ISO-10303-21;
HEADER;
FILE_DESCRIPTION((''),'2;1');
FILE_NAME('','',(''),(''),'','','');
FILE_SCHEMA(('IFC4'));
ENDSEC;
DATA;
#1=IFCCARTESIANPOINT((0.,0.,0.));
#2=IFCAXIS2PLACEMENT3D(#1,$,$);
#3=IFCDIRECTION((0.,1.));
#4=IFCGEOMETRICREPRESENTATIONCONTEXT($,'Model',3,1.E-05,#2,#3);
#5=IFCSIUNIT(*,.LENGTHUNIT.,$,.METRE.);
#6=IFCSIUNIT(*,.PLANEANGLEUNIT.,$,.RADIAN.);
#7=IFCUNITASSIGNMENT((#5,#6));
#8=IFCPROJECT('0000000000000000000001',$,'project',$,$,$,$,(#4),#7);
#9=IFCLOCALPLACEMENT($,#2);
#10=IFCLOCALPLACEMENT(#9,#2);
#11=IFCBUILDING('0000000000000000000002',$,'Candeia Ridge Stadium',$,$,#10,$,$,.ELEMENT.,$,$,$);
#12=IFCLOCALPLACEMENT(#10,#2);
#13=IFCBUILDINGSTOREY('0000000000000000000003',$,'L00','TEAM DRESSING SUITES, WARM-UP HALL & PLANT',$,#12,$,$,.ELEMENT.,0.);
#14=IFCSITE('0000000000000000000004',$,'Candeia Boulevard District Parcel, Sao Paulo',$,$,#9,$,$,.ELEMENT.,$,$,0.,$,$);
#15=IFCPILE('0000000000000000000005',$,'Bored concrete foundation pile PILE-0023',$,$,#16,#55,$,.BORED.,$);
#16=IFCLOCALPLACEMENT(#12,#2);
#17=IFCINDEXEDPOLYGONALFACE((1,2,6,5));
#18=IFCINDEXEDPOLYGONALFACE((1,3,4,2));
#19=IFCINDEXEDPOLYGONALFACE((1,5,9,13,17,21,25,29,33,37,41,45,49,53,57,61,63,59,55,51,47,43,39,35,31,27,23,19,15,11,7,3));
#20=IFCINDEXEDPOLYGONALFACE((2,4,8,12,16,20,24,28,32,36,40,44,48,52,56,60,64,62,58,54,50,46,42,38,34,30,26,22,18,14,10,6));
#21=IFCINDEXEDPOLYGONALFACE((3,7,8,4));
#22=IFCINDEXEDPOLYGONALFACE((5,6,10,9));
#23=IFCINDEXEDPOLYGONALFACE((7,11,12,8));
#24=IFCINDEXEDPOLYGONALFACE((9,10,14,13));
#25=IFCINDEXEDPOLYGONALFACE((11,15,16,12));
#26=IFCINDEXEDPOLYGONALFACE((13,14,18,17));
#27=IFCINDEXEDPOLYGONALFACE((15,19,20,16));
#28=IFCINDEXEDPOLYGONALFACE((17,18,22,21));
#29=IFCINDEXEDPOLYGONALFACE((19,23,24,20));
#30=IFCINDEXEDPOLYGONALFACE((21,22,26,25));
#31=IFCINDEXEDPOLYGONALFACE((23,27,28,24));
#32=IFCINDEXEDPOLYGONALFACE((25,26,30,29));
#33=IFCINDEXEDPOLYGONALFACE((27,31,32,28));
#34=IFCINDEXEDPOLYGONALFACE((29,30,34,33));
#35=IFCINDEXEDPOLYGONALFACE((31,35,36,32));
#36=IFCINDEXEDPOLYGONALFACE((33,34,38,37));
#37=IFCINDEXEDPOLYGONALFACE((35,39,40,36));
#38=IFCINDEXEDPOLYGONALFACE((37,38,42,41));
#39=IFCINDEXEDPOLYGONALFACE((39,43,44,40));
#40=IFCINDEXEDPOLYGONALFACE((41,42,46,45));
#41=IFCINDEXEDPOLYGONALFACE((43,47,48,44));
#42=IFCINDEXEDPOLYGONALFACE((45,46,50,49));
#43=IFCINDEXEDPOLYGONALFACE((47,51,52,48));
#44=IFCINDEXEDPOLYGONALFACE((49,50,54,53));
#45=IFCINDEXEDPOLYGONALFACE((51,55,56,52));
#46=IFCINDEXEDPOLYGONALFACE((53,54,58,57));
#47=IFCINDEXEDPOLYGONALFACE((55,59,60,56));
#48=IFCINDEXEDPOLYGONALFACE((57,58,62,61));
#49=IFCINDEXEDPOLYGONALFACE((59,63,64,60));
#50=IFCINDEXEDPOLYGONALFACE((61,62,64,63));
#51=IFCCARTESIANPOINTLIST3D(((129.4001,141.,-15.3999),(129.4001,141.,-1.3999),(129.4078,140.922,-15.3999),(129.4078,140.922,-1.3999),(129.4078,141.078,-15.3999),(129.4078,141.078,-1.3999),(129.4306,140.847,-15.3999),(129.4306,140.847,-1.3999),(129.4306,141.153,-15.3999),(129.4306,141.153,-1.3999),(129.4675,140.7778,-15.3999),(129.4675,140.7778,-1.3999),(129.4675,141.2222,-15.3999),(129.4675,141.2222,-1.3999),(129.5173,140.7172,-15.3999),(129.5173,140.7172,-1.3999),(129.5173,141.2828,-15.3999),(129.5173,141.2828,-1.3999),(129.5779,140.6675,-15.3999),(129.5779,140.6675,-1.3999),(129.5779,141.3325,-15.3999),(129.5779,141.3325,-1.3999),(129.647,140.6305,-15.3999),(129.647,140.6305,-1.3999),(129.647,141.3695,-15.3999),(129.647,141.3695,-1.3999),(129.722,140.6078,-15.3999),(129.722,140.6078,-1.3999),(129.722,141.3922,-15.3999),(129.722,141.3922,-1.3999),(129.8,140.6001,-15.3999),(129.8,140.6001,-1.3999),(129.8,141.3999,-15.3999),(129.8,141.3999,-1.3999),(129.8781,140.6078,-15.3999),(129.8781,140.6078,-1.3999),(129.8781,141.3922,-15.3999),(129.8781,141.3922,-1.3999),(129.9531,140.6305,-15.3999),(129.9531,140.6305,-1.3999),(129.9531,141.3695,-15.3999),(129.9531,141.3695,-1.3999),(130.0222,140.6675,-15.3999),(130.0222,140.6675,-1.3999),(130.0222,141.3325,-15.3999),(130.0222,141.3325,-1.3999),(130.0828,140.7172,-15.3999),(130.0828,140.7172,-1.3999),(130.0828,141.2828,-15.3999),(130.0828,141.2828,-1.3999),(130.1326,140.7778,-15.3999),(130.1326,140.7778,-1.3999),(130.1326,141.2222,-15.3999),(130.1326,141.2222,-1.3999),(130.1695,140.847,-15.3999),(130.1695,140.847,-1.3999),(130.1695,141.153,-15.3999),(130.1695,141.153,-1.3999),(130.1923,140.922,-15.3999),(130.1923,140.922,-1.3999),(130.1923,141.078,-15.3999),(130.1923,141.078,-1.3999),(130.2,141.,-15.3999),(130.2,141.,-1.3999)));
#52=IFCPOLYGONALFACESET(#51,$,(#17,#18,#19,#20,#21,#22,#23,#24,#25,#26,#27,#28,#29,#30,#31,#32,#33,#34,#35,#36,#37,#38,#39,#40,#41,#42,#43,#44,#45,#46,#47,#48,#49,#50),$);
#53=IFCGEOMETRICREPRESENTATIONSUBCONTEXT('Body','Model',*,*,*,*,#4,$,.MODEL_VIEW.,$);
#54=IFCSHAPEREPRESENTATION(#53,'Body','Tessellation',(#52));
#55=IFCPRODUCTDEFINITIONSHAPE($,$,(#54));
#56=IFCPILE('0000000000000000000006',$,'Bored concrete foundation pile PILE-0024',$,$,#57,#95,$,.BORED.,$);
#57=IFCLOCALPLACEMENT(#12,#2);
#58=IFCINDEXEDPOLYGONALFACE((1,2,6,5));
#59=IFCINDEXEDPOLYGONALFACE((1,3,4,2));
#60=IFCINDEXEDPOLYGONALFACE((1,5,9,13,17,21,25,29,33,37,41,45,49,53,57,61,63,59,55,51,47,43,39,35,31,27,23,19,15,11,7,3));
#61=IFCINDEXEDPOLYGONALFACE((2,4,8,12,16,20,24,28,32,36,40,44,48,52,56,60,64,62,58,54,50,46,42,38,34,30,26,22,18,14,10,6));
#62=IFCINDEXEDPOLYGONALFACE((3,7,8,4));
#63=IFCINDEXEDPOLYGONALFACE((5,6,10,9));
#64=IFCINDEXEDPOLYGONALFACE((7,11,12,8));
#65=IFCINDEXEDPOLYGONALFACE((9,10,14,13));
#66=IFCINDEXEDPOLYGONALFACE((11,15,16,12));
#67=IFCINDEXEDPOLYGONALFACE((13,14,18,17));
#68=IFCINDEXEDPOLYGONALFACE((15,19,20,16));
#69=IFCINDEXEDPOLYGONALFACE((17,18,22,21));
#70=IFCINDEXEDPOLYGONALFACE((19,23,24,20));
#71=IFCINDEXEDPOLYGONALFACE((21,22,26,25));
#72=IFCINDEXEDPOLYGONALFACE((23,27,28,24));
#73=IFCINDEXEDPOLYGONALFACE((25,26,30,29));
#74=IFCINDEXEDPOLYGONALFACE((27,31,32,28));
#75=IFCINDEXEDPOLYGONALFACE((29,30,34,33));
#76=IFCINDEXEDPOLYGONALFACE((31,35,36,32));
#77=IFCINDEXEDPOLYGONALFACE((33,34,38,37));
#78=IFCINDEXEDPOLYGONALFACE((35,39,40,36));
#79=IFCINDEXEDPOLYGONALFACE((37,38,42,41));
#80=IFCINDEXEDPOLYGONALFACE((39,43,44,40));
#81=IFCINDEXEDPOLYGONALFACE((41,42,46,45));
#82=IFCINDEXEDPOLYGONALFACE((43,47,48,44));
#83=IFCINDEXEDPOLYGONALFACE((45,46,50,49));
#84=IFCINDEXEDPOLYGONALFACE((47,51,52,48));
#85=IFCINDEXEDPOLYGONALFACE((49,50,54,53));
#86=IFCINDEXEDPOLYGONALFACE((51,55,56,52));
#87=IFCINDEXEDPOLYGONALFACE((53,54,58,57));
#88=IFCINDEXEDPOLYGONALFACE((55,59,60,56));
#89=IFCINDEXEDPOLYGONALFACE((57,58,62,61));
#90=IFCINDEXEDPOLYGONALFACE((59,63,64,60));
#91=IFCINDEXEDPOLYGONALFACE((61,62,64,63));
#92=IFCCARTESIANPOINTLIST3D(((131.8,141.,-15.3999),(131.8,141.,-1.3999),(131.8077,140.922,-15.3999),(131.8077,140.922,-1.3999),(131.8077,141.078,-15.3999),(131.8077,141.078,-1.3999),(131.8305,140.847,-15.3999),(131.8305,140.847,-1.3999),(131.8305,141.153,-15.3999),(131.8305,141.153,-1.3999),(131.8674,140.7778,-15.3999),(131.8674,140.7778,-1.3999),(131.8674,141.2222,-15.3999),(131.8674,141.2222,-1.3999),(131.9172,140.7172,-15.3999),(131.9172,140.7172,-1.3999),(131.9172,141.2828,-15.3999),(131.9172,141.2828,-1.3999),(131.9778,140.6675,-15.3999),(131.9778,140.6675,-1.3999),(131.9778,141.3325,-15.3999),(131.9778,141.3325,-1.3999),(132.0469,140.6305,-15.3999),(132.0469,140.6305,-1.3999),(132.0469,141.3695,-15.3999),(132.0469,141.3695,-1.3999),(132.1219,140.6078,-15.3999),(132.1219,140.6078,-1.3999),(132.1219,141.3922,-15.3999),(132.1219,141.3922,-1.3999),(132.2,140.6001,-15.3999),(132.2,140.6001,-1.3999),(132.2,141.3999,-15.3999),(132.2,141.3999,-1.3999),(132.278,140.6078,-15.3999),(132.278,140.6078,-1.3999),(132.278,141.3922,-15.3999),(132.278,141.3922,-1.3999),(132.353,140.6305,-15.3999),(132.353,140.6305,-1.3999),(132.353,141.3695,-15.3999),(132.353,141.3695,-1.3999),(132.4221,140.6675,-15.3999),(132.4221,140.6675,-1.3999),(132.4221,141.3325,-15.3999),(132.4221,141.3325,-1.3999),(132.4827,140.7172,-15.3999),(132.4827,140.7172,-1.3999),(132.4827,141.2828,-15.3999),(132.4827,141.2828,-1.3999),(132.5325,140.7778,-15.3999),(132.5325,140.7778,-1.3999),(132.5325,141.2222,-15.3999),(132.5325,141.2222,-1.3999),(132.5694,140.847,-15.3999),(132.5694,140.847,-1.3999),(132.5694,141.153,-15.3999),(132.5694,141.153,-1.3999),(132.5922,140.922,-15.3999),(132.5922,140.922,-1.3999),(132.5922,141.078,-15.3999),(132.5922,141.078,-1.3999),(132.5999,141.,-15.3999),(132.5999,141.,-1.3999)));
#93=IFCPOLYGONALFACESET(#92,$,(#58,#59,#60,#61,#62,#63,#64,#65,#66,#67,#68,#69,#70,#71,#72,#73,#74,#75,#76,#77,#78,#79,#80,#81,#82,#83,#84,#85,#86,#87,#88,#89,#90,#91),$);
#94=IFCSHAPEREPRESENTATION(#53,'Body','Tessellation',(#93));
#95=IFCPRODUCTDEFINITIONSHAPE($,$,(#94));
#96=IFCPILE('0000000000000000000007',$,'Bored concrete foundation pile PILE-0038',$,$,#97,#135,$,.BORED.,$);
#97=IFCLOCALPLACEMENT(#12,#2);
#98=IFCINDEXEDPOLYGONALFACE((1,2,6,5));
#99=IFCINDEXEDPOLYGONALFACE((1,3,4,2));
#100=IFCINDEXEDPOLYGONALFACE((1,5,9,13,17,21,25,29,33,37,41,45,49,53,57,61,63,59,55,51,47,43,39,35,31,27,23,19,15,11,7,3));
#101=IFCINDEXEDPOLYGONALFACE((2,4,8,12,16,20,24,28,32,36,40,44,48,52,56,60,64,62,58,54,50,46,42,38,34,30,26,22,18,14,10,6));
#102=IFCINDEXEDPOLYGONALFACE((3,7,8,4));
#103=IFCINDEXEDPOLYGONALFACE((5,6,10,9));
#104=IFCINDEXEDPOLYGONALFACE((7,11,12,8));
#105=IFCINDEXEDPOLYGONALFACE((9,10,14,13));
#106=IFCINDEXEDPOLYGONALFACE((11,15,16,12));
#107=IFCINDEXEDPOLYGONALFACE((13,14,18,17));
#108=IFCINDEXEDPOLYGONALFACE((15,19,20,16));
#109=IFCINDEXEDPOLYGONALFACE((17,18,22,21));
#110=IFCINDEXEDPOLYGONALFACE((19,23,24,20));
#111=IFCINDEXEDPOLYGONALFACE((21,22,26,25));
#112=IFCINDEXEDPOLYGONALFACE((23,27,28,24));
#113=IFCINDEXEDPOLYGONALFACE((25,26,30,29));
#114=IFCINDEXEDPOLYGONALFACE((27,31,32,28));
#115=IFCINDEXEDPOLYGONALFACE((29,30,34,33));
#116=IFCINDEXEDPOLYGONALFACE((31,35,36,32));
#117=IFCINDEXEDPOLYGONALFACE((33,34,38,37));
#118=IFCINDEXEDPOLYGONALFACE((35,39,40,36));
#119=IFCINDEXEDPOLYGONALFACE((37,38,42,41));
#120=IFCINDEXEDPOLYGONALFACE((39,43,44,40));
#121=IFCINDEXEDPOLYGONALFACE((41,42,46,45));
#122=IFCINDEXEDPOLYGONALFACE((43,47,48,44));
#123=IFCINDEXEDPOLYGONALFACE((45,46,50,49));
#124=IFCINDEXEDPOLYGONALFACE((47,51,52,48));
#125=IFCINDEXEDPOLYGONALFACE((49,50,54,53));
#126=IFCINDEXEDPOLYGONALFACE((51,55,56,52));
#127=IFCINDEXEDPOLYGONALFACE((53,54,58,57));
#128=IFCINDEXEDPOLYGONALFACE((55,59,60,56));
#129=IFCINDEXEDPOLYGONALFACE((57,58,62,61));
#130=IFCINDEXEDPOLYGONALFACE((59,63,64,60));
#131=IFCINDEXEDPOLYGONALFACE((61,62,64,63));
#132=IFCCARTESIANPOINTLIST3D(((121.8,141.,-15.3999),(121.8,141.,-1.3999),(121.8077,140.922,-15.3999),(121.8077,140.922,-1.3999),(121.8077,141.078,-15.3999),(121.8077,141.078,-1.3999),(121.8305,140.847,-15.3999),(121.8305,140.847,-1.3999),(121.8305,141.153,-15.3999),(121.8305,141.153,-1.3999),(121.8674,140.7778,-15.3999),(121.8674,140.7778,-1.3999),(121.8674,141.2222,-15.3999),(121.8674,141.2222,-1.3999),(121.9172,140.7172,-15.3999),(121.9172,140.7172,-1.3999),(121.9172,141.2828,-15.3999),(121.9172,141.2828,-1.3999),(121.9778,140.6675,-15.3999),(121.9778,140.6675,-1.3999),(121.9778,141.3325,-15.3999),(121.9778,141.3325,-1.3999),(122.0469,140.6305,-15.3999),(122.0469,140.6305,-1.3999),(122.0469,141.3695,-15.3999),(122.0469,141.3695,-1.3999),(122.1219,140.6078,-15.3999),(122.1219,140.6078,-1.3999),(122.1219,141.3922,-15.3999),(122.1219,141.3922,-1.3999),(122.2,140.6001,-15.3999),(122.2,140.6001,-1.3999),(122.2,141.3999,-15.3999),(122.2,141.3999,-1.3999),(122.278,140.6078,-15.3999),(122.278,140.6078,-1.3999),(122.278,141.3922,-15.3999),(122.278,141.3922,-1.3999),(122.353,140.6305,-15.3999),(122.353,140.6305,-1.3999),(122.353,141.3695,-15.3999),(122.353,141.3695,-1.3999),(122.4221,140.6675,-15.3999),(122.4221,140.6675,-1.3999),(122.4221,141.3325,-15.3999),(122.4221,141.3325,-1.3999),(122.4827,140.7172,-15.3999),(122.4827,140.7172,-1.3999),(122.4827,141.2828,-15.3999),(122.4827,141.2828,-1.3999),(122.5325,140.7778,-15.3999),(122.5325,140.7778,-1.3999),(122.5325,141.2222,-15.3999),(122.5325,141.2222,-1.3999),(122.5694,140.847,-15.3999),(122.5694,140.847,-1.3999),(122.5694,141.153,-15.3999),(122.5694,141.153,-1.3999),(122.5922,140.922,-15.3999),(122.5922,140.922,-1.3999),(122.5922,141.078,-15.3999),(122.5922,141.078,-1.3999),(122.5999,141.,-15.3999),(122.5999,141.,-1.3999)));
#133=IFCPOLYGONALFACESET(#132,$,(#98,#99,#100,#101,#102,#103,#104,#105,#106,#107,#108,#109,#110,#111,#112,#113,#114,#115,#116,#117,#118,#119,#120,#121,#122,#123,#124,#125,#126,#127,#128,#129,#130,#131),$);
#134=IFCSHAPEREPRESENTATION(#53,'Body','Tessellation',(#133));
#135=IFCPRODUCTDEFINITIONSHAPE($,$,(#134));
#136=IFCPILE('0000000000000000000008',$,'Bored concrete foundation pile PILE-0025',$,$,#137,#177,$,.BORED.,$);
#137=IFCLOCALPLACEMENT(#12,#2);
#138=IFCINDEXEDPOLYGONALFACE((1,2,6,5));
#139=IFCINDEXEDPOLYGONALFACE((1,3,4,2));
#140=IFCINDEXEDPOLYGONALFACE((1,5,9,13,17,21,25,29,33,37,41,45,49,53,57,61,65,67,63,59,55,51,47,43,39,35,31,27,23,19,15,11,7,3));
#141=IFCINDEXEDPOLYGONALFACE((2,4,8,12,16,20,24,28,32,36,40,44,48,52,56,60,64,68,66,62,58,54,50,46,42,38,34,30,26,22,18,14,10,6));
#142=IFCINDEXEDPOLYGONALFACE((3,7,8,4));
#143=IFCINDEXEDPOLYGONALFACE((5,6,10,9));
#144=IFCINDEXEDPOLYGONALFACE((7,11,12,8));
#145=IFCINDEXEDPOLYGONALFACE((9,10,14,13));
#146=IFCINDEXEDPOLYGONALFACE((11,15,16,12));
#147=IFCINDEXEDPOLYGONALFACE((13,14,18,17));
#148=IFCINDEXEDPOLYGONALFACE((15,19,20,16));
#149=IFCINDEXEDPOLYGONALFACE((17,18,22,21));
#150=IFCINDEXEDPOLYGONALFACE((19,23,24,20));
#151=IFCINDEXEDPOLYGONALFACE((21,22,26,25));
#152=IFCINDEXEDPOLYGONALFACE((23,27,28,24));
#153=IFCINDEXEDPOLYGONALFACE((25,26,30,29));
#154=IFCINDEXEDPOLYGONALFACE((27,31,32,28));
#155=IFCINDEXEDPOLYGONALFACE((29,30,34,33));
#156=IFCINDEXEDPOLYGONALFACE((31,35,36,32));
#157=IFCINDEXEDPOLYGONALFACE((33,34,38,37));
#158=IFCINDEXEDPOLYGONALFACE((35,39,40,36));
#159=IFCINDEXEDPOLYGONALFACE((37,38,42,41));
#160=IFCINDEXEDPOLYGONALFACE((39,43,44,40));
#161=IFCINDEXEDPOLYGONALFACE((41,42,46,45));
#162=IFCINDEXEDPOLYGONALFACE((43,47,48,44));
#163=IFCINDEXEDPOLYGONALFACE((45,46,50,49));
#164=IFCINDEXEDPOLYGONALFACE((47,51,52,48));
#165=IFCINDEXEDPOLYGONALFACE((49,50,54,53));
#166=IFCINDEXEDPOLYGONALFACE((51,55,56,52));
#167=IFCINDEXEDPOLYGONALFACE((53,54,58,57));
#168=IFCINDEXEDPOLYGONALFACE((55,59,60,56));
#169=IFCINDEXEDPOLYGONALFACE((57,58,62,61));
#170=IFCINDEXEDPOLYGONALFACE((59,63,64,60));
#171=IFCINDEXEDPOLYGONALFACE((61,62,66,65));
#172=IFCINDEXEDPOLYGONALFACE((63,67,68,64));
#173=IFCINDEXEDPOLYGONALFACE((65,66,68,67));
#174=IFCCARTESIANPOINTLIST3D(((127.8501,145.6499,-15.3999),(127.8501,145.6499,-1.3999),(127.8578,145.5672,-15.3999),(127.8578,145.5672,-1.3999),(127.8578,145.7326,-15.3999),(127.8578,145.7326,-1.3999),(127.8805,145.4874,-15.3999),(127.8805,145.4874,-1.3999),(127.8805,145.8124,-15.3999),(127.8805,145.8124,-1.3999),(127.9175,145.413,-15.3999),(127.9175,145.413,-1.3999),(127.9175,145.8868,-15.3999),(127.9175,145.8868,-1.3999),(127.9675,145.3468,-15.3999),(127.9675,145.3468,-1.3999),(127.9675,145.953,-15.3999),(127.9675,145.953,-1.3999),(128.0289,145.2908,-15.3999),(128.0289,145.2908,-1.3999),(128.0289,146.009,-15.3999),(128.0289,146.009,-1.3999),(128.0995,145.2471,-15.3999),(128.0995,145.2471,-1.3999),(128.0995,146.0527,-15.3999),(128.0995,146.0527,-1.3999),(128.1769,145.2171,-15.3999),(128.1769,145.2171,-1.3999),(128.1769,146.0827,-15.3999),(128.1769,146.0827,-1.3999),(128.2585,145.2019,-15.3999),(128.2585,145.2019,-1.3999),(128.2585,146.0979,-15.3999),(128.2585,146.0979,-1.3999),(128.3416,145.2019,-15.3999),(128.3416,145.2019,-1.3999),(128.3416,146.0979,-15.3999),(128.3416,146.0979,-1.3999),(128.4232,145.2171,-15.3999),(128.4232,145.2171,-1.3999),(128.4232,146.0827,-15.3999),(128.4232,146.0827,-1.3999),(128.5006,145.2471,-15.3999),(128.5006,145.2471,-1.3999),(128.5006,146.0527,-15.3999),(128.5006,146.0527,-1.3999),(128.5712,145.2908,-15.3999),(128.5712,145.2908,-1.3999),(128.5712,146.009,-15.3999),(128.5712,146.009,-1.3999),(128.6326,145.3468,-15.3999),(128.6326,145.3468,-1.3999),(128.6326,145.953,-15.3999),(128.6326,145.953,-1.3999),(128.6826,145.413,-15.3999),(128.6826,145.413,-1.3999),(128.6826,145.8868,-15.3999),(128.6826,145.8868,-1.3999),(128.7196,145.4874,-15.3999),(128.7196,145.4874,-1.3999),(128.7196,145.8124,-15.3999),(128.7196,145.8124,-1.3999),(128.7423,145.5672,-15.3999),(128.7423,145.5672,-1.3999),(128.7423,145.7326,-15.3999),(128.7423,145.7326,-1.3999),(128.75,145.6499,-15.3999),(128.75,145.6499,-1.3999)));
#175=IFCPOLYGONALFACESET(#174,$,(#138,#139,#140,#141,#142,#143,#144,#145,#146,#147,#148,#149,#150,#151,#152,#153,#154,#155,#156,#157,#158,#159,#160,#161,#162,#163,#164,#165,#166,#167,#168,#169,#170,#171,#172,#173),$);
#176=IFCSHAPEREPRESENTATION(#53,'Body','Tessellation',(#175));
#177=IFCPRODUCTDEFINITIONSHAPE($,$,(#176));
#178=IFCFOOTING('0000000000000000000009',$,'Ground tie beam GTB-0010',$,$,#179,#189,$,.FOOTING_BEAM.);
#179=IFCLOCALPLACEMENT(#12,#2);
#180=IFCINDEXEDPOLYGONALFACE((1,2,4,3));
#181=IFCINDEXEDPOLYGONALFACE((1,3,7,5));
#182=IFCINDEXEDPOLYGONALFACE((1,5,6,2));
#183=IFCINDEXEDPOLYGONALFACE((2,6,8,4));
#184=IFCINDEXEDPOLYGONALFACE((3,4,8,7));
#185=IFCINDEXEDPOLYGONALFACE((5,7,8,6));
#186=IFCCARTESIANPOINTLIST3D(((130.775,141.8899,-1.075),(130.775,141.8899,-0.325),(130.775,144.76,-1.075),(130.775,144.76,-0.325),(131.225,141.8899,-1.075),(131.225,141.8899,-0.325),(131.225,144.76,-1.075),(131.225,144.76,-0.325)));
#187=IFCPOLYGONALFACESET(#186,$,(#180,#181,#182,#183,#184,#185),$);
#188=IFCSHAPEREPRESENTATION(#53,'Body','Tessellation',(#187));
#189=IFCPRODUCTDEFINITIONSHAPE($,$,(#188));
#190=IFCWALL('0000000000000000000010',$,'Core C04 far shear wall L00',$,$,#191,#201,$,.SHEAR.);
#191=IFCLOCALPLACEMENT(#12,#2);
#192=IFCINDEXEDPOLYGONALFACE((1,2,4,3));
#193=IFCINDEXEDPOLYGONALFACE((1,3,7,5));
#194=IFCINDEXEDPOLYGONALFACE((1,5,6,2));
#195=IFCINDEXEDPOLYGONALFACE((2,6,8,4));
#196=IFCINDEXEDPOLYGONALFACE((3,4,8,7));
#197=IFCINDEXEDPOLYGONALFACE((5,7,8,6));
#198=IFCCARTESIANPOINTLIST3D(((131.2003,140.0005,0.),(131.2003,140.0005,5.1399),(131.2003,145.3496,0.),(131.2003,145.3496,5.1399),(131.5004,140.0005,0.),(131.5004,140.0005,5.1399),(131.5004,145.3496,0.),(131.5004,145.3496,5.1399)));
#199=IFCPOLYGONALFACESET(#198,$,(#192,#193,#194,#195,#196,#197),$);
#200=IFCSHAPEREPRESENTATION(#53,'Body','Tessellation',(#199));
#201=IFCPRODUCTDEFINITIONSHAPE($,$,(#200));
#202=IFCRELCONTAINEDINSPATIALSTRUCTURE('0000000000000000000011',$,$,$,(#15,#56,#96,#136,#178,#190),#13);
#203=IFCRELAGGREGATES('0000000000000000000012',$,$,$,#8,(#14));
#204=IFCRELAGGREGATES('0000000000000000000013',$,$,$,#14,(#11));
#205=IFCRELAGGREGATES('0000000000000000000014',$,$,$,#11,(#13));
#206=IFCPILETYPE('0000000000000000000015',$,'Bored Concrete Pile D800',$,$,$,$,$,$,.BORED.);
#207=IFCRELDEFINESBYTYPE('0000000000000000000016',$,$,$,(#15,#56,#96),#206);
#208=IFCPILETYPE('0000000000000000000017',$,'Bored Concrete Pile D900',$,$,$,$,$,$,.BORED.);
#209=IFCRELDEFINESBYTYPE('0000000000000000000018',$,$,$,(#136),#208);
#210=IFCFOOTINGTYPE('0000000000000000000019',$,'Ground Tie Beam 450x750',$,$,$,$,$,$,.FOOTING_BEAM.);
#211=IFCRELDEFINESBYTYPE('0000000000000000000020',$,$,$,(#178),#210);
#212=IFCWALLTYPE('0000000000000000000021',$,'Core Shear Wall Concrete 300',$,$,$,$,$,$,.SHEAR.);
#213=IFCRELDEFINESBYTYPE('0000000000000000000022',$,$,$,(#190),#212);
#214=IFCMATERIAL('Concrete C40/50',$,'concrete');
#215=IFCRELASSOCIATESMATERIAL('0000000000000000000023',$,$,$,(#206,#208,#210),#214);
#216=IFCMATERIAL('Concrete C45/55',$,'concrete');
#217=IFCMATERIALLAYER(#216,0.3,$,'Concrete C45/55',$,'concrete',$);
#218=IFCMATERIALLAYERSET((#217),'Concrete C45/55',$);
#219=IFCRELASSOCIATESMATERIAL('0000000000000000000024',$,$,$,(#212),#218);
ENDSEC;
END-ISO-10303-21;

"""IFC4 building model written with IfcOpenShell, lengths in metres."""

from ifc_helpers import new_model, si_unit, direction, frame, frame_2d, origin, origin_2d, place, context, subcontext, project, spatial, rectangle, circle, extrude, material, layer, layer_set, material_profile, profile_set, type_object, element, save


model = new_model("IFC4")

# Units and contexts
model_context = context("Model", 3, precision=1e-05, world=origin(), true_north=direction((0.0, 1.0)))
body_context = subcontext(model_context, "Body", "Model", "MODEL_VIEW")
ifc_project = project(units=[si_unit("LENGTHUNIT", "METRE"), si_unit("PLANEANGLEUNIT", "RADIAN")], contexts=[model_context])

# Site, building, storey
site_placement = place(None, origin())
site = spatial("IfcSite", under=ifc_project, at=site_placement, Name="Candeia Boulevard District Parcel, Sao Paulo", CompositionType="ELEMENT", RefElevation=0.0)
building_placement = place(site_placement, origin())
building = spatial("IfcBuilding", under=site, at=building_placement, Name="Candeia Ridge Stadium", CompositionType="ELEMENT")
storey_placement = place(building_placement, origin())
storey = spatial("IfcBuildingStorey", under=building, at=storey_placement, Name="L00", Description="TEAM DRESSING SUITES, WARM-UP HALL & PLANT", CompositionType="ELEMENT", Elevation=0.0)

# Piles
ifc_material_1 = material(Name="Concrete C40/50", Category="concrete")
ifc_material_profile_1 = material_profile(ifc_material_1, circle(Radius=0.3999, at=origin_2d()), Name="PILE-D800", Category="concrete")
ifc_profile_set_1 = profile_set([ifc_material_profile_1], Name="Concrete C40/50")
pile_type_1 = type_object("IfcPileType", Name="Bored Concrete Pile D800", PredefinedType="BORED", material=ifc_profile_set_1)
for number, where, z_axis, x_axis, name in (
    (1, (129.8, 141.0, -1.3999), (0.0, 0.0, -1.0), (1.0, 0.0, 0.0), "Bored concrete foundation pile PILE-0023"),
    (2, (132.2, 141.0, -1.3999), (0.0, 0.0, -1.0), (1.0, 0.0, 0.0), "Bored concrete foundation pile PILE-0024"),
    (3, (122.2, 141.0, -1.3999), (0.0, 0.0, -1.0), (1.0, 0.0, 0.0), "Bored concrete foundation pile PILE-0038"),
):
    element("IfcPile", number, at=place(storey_placement, frame(where, z_axis=z_axis, x_axis=x_axis)), inside=storey, type_object=pile_type_1, Name=name, PredefinedType="BORED", context=body_context, shape_type="SweptSolid", body=[
        extrude(circle(Radius=0.3999, at=origin_2d()), origin(), (0.0, 0.0, 1.0), 14.0),
    ])
ifc_material_profile_2 = material_profile(ifc_material_1, circle(Radius=0.45, at=origin_2d()), Name="PILE-D900", Category="concrete")
ifc_profile_set_2 = profile_set([ifc_material_profile_2], Name="Concrete C40/50")
pile_type_2 = type_object("IfcPileType", Name="Bored Concrete Pile D900", PredefinedType="BORED", material=ifc_profile_set_2)
pile_placement = place(storey_placement, frame((128.3, 145.6499, -1.3999), z_axis=(0.0, 0.0, -1.0), x_axis=(1.0, 0.0, 0.0)))
element("IfcPile", 4, at=pile_placement, inside=storey, type_object=pile_type_2, Name="Bored concrete foundation pile PILE-0025", PredefinedType="BORED", context=body_context, shape_type="SweptSolid", body=[
    extrude(circle(Radius=0.45, at=origin_2d()), origin(), (0.0, 0.0, 1.0), 14.0),
])

# Footing
footing_type = type_object("IfcFootingType", Name="Ground Tie Beam 450x750", PredefinedType="FOOTING_BEAM", material=ifc_material_1)
footing_placement = place(storey_placement, frame((131.0, 143.325, -1.075), z_axis=(0.0, 0.0, 1.0), x_axis=(0.0, 1.0, 0.0)))
element("IfcFooting", 5, at=footing_placement, inside=storey, type_object=footing_type, Name="Ground tie beam GTB-0010", PredefinedType="FOOTING_BEAM", context=body_context, shape_type="SweptSolid", body=[
    extrude(rectangle(XDim=2.8701, YDim=0.45, at=origin_2d()), origin(), (0.0, 0.0, 1.0), 0.75),
])

# Wall
ifc_material_2 = material(Name="Concrete C45/55", Category="concrete")
ifc_layer_1 = layer(ifc_material_2, 0.3, Name="Concrete C45/55", Category="concrete")
ifc_layer_set_1 = layer_set([ifc_layer_1], Name="Concrete C45/55")
wall_type = type_object("IfcWallType", Name="Core Shear Wall Concrete 300", PredefinedType="SHEAR", material=ifc_layer_set_1)
wall_1_placement = place(storey_placement, frame((131.3503, 145.3496, 0.0), z_axis=(0.0, 0.0, 1.0), x_axis=(0.0, -1.0, 0.0)))
element("IfcWall", 6, at=wall_1_placement, inside=storey, type_object=wall_type, Name="Core C04 far shear wall L00", PredefinedType="SHEAR", context=body_context, shape_type="SweptSolid", body=[
    extrude(rectangle(XDim=5.3491, YDim=0.3, at=frame_2d((2.6746, 0.0))), origin(), (0.0, 0.0, 1.0), 5.1399),
])

save(model, "model.ifc")
